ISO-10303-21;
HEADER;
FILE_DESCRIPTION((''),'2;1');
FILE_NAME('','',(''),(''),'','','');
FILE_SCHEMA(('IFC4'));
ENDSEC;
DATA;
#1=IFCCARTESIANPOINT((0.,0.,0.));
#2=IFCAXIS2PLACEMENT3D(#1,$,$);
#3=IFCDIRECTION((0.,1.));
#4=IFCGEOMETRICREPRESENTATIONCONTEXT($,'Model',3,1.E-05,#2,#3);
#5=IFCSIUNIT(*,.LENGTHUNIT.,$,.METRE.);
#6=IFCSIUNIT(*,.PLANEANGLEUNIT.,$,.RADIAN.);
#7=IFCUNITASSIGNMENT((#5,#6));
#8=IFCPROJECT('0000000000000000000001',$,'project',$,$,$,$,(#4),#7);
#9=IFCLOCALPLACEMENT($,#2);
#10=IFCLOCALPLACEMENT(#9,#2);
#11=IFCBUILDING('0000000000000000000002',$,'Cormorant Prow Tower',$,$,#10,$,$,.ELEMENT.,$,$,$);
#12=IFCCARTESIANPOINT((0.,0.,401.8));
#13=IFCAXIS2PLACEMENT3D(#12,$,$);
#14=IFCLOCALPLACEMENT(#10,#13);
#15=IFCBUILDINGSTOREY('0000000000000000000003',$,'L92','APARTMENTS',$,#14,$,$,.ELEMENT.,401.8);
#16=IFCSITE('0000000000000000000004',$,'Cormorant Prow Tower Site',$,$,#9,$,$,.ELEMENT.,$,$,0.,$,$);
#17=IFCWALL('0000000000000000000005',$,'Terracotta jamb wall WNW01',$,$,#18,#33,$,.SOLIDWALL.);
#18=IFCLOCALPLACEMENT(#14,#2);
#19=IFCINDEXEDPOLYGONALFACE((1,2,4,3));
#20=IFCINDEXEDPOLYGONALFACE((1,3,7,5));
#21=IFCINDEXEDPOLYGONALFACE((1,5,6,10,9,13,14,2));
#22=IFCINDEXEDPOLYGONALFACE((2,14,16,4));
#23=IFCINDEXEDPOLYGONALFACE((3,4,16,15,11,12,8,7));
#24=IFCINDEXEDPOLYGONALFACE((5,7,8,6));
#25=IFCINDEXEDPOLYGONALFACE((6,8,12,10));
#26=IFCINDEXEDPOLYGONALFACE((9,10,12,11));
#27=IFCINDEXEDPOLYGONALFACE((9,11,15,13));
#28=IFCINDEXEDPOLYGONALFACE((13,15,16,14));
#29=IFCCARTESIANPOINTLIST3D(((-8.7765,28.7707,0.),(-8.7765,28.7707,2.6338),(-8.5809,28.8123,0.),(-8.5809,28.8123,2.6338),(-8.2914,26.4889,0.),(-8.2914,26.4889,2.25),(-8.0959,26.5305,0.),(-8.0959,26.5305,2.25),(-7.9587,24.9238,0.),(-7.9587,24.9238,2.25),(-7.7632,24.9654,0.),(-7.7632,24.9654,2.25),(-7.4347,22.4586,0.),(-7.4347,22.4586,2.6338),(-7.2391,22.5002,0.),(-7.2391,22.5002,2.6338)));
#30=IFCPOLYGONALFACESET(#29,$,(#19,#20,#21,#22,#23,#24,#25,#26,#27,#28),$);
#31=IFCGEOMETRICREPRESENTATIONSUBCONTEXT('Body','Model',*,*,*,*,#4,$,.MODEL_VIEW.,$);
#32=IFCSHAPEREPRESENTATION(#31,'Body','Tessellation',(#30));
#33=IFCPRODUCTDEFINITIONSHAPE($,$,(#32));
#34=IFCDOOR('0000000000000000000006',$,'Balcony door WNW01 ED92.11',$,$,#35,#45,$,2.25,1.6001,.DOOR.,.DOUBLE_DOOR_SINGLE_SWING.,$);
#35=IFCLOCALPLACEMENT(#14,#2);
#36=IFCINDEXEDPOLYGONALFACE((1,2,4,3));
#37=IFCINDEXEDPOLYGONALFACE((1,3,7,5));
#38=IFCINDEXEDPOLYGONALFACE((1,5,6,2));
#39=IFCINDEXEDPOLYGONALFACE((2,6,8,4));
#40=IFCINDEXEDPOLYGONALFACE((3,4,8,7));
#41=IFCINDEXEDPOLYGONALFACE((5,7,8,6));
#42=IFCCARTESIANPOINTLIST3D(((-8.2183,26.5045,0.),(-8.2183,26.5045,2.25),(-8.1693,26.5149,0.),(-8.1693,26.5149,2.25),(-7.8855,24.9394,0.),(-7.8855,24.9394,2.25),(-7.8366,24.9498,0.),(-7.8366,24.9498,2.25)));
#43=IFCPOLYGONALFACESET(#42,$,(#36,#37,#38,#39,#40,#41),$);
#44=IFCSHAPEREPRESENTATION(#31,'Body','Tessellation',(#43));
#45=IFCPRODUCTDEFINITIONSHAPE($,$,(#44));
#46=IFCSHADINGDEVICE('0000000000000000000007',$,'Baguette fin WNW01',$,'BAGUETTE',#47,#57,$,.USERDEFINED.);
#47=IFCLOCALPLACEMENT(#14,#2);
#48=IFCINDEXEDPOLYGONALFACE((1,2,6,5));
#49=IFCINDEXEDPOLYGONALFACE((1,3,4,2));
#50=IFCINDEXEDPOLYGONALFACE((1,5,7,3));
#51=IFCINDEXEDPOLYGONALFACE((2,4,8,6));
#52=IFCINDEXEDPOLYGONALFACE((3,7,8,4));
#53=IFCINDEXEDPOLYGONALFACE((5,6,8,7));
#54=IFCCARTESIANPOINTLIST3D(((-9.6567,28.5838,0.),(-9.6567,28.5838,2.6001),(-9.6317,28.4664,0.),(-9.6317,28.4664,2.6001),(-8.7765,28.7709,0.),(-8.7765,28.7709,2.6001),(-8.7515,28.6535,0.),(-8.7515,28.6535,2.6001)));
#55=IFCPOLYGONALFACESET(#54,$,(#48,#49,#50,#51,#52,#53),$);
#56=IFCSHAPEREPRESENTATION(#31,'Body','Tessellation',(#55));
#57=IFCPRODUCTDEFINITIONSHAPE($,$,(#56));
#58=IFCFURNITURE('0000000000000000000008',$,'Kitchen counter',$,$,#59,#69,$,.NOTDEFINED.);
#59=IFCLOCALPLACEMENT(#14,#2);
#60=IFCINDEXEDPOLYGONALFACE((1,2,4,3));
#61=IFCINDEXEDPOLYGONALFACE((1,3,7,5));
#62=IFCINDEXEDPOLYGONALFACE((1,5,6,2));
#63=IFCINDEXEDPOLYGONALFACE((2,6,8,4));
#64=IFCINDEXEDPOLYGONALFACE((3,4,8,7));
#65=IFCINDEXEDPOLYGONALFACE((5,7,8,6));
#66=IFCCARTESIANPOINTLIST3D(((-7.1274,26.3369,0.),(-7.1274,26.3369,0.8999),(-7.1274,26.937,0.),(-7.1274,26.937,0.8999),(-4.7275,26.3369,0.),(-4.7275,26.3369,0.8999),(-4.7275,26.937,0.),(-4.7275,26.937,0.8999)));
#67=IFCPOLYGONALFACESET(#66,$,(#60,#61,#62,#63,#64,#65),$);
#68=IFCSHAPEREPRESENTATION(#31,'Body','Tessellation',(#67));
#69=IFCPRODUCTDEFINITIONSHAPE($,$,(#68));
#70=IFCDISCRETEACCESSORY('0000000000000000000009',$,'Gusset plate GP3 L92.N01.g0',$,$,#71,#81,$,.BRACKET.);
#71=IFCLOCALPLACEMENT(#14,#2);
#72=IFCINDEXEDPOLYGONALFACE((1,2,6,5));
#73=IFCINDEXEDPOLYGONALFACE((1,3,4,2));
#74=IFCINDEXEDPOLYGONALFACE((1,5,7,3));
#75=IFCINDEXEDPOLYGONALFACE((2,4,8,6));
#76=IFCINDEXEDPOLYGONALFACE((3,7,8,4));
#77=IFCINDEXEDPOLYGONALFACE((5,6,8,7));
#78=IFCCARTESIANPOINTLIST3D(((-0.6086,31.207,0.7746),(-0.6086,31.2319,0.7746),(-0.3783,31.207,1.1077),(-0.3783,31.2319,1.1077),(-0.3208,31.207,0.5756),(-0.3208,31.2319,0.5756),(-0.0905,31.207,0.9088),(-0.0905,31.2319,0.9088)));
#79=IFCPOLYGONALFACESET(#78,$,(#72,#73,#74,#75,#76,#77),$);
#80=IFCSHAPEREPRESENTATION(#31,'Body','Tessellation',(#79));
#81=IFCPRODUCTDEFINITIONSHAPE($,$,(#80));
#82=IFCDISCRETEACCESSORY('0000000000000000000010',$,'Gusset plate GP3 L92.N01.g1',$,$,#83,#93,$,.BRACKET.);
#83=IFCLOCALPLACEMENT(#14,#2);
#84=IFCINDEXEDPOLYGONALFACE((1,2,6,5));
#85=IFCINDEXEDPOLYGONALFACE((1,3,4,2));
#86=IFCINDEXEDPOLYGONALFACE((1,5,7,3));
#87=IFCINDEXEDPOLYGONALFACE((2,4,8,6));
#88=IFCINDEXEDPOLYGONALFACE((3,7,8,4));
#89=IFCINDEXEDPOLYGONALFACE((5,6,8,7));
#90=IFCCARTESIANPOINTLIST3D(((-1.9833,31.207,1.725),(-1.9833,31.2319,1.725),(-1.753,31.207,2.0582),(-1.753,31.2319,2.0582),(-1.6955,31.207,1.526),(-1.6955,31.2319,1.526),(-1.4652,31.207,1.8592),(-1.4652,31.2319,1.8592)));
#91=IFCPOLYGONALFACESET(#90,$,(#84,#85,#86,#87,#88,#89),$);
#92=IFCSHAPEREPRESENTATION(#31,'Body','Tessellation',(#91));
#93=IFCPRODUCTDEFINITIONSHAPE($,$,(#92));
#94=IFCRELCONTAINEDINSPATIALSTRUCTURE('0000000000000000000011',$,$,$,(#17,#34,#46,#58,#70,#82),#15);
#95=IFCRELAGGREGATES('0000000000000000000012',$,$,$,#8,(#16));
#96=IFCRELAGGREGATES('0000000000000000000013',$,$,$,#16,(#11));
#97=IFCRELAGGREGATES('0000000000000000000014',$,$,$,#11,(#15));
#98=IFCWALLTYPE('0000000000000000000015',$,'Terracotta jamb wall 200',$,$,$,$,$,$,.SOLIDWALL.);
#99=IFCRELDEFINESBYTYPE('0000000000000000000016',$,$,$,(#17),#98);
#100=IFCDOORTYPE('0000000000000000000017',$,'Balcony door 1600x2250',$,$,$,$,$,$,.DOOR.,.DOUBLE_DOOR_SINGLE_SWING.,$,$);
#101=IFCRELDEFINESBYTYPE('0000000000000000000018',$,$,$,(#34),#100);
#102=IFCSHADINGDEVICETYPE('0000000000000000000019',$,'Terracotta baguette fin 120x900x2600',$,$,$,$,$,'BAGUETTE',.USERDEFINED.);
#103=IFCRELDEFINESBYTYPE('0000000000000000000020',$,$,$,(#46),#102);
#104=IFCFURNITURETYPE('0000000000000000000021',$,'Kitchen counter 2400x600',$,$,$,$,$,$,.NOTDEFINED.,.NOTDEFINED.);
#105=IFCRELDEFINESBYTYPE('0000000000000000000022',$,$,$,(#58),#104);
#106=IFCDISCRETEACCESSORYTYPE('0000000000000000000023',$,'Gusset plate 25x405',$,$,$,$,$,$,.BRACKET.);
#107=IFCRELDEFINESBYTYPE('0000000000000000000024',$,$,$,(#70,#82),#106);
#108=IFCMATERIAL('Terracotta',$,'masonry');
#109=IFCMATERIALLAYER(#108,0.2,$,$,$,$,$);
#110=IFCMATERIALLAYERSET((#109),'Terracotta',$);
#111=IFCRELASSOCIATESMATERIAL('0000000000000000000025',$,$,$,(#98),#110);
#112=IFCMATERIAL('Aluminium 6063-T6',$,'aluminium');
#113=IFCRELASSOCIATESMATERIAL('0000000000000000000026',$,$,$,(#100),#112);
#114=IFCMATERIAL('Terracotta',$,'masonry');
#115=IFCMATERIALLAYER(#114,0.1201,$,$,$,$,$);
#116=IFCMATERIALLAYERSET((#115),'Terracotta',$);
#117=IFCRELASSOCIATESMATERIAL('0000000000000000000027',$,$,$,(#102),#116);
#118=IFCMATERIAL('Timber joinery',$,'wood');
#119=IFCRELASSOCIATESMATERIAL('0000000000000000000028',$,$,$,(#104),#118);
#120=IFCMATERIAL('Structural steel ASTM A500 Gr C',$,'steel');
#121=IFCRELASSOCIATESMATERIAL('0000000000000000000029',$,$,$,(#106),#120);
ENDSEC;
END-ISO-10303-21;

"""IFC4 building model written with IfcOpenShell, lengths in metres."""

from ifc_helpers import new_model, si_unit, direction, frame, frame_2d, origin, origin_2d, place, context, subcontext, project, spatial, rectangle, extrude, material, layer, layer_set, material_profile, profile_set, type_object, element, fill, save


model = new_model("IFC4")

# Units and contexts
model_context = context("Model", 3, precision=1e-05, world=origin(), true_north=direction((0.0, 1.0)))
body_context = subcontext(model_context, "Body", "Model", "MODEL_VIEW")
ifc_project = project(units=[si_unit("LENGTHUNIT", "METRE"), si_unit("PLANEANGLEUNIT", "RADIAN")], contexts=[model_context])

# Site, building, storey
site_placement = place(None, origin())
site = spatial("IfcSite", under=ifc_project, at=site_placement, Name="Cormorant Prow Tower Site", CompositionType="ELEMENT", RefElevation=0.0)
building_placement = place(site_placement, origin())
building = spatial("IfcBuilding", under=site, at=building_placement, Name="Cormorant Prow Tower", CompositionType="ELEMENT")
storey_placement = place(building_placement, frame((0.0, 0.0, 401.8)))
storey = spatial("IfcBuildingStorey", under=building, at=storey_placement, Name="L92", Description="APARTMENTS", CompositionType="ELEMENT", Elevation=401.8)

# Wall, opening, door
ifc_material_1 = material(Name="Terracotta", Category="masonry")
ifc_layer_1 = layer(ifc_material_1, 0.2)
ifc_layer_set_1 = layer_set([ifc_layer_1], Name="Terracotta")
wall_type_1 = type_object("IfcWallType", Name="Terracotta jamb wall 200", PredefinedType="SOLIDWALL", material=ifc_layer_set_1)
wall_1_placement = place(storey_placement, frame((-8.6787, 28.7915, 0.0), z_axis=(0.0, 0.0, 1.0), x_axis=(0.207932, -0.978143, 0.0)))
wall_1 = element("IfcWall", 1, at=wall_1_placement, inside=storey, type_object=wall_type_1, Name="Terracotta jamb wall WNW01", PredefinedType="SOLIDWALL", context=body_context, shape_type="SweptSolid", body=[
    extrude(rectangle(XDim=6.4531, YDim=0.2, at=frame_2d((3.2266, 0.0))), origin(), (0.0, 0.0, 1.0), 2.6338),
])
opening_1_placement = place(wall_1_placement, frame((2.3328, 0.0, 0.0)))
opening_1 = element("IfcOpeningElement", 2, at=opening_1_placement, cuts=wall_1, PredefinedType="OPENING", context=body_context, shape_type="SweptSolid", body=[
    extrude(rectangle(XDim=1.6001, YDim=2.25, at=frame_2d((0.8, 1.125))), frame((0.0, 0.1099, 0.0), z_axis=(0.0, -1.0, 0.0), x_axis=(1.0, 0.0, 0.0)), (0.0, 0.0, 1.0), 0.22),
])
ifc_material_2 = material(Name="Aluminium 6063-T6", Category="aluminium")
door_type_1 = type_object("IfcDoorType", Name="Balcony door 1600x2250", OperationType="DOUBLE_DOOR_SINGLE_SWING", PredefinedType="DOOR", material=ifc_material_2)
door_1_placement = place(opening_1_placement, origin())
door_1 = element("IfcDoor", 3, at=door_1_placement, inside=storey, type_object=door_type_1, Name="Balcony door WNW01 ED92.11", OperationType="DOUBLE_DOOR_SINGLE_SWING", OverallHeight=2.25, OverallWidth=1.6001, PredefinedType="DOOR", context=body_context, shape_type="SweptSolid", body=[
    extrude(rectangle(XDim=1.6001, YDim=2.25, at=frame_2d((0.8, 1.125))), frame((0.0, 0.0249, 0.0), z_axis=(0.0, -1.0, 0.0), x_axis=(1.0, 0.0, 0.0)), (0.0, 0.0, 1.0), 0.05),
])
fill(opening_1, door_1)

# Shading device
ifc_material_3 = material(Name="Terracotta", Category="masonry")
ifc_layer_2 = layer(ifc_material_3, 0.1201)
ifc_layer_set_2 = layer_set([ifc_layer_2], Name="Terracotta")
shading_device_type = type_object("IfcShadingDeviceType", Name="Terracotta baguette fin 120x900x2600", ElementType="BAGUETTE", PredefinedType="USERDEFINED", material=ifc_layer_set_2)
shading_device_placement = place(storey_placement, frame((-9.2041, 28.6187, 0.0), z_axis=(0.0, 0.0, 1.0), x_axis=(0.207912, -0.978148, 0.0)))
element("IfcShadingDevice", 4, at=shading_device_placement, inside=storey, type_object=shading_device_type, Name="Baguette fin WNW01", ObjectType="BAGUETTE", PredefinedType="USERDEFINED", context=body_context, shape_type="SweptSolid", body=[
    extrude(rectangle(XDim=0.1201, YDim=0.8999, at=origin_2d()), origin(), (0.0, 0.0, 1.0), 2.6001),
])

# Furniture
ifc_material_4 = material(Name="Timber joinery", Category="wood")
furniture_type = type_object("IfcFurnitureType", Name="Kitchen counter 2400x600", AssemblyPlace="NOTDEFINED", PredefinedType="NOTDEFINED", material=ifc_material_4)
furniture_placement = place(storey_placement, frame((-5.9275, 26.637, 0.0), z_axis=(0.0, 0.0, 1.0), x_axis=(1.0, 0.0, 0.0)))
element("IfcFurniture", 5, at=furniture_placement, inside=storey, type_object=furniture_type, Name="Kitchen counter", PredefinedType="NOTDEFINED", context=body_context, shape_type="SweptSolid", body=[
    extrude(rectangle(XDim=2.3999, YDim=0.6001, at=origin_2d()), origin(), (0.0, 0.0, 1.0), 0.8999),
])

# Discrete accessories
ifc_material_5 = material(Name="Structural steel ASTM A500 Gr C", Category="steel")
ifc_material_profile_1 = material_profile(ifc_material_5, rectangle(XDim=0.0249, YDim=0.405, at=origin_2d()), Name="Gusset plate 25x405")
ifc_profile_set_1 = profile_set([ifc_material_profile_1], Name="Structural steel ASTM A500 Gr C")
discrete_accessory_type = type_object("IfcDiscreteAccessoryType", Name="Gusset plate 25x405", PredefinedType="BRACKET", material=ifc_profile_set_1)
for number, where, z_axis, x_axis, name in (
    (6, (-0.4934, 31.2195, 0.9412), (0.822594, 0.0, -0.568629), (0.0, 1.0, 0.0), "Gusset plate GP3 L92.N01.g0"),
    (7, (-1.5803, 31.2195, 1.6926), (-0.822594, 0.0, 0.568629), (0.0, -1.0, 0.0), "Gusset plate GP3 L92.N01.g1"),
):
    element("IfcDiscreteAccessory", number, at=place(storey_placement, frame(where, z_axis=z_axis, x_axis=x_axis)), inside=storey, type_object=discrete_accessory_type, Name=name, PredefinedType="BRACKET", context=body_context, shape_type="SweptSolid", body=[
        extrude(rectangle(XDim=0.0249, YDim=0.405, at=origin_2d()), origin(), (0.0, 0.0, 1.0), 0.3499),
    ])

save(model, "model.ifc")
